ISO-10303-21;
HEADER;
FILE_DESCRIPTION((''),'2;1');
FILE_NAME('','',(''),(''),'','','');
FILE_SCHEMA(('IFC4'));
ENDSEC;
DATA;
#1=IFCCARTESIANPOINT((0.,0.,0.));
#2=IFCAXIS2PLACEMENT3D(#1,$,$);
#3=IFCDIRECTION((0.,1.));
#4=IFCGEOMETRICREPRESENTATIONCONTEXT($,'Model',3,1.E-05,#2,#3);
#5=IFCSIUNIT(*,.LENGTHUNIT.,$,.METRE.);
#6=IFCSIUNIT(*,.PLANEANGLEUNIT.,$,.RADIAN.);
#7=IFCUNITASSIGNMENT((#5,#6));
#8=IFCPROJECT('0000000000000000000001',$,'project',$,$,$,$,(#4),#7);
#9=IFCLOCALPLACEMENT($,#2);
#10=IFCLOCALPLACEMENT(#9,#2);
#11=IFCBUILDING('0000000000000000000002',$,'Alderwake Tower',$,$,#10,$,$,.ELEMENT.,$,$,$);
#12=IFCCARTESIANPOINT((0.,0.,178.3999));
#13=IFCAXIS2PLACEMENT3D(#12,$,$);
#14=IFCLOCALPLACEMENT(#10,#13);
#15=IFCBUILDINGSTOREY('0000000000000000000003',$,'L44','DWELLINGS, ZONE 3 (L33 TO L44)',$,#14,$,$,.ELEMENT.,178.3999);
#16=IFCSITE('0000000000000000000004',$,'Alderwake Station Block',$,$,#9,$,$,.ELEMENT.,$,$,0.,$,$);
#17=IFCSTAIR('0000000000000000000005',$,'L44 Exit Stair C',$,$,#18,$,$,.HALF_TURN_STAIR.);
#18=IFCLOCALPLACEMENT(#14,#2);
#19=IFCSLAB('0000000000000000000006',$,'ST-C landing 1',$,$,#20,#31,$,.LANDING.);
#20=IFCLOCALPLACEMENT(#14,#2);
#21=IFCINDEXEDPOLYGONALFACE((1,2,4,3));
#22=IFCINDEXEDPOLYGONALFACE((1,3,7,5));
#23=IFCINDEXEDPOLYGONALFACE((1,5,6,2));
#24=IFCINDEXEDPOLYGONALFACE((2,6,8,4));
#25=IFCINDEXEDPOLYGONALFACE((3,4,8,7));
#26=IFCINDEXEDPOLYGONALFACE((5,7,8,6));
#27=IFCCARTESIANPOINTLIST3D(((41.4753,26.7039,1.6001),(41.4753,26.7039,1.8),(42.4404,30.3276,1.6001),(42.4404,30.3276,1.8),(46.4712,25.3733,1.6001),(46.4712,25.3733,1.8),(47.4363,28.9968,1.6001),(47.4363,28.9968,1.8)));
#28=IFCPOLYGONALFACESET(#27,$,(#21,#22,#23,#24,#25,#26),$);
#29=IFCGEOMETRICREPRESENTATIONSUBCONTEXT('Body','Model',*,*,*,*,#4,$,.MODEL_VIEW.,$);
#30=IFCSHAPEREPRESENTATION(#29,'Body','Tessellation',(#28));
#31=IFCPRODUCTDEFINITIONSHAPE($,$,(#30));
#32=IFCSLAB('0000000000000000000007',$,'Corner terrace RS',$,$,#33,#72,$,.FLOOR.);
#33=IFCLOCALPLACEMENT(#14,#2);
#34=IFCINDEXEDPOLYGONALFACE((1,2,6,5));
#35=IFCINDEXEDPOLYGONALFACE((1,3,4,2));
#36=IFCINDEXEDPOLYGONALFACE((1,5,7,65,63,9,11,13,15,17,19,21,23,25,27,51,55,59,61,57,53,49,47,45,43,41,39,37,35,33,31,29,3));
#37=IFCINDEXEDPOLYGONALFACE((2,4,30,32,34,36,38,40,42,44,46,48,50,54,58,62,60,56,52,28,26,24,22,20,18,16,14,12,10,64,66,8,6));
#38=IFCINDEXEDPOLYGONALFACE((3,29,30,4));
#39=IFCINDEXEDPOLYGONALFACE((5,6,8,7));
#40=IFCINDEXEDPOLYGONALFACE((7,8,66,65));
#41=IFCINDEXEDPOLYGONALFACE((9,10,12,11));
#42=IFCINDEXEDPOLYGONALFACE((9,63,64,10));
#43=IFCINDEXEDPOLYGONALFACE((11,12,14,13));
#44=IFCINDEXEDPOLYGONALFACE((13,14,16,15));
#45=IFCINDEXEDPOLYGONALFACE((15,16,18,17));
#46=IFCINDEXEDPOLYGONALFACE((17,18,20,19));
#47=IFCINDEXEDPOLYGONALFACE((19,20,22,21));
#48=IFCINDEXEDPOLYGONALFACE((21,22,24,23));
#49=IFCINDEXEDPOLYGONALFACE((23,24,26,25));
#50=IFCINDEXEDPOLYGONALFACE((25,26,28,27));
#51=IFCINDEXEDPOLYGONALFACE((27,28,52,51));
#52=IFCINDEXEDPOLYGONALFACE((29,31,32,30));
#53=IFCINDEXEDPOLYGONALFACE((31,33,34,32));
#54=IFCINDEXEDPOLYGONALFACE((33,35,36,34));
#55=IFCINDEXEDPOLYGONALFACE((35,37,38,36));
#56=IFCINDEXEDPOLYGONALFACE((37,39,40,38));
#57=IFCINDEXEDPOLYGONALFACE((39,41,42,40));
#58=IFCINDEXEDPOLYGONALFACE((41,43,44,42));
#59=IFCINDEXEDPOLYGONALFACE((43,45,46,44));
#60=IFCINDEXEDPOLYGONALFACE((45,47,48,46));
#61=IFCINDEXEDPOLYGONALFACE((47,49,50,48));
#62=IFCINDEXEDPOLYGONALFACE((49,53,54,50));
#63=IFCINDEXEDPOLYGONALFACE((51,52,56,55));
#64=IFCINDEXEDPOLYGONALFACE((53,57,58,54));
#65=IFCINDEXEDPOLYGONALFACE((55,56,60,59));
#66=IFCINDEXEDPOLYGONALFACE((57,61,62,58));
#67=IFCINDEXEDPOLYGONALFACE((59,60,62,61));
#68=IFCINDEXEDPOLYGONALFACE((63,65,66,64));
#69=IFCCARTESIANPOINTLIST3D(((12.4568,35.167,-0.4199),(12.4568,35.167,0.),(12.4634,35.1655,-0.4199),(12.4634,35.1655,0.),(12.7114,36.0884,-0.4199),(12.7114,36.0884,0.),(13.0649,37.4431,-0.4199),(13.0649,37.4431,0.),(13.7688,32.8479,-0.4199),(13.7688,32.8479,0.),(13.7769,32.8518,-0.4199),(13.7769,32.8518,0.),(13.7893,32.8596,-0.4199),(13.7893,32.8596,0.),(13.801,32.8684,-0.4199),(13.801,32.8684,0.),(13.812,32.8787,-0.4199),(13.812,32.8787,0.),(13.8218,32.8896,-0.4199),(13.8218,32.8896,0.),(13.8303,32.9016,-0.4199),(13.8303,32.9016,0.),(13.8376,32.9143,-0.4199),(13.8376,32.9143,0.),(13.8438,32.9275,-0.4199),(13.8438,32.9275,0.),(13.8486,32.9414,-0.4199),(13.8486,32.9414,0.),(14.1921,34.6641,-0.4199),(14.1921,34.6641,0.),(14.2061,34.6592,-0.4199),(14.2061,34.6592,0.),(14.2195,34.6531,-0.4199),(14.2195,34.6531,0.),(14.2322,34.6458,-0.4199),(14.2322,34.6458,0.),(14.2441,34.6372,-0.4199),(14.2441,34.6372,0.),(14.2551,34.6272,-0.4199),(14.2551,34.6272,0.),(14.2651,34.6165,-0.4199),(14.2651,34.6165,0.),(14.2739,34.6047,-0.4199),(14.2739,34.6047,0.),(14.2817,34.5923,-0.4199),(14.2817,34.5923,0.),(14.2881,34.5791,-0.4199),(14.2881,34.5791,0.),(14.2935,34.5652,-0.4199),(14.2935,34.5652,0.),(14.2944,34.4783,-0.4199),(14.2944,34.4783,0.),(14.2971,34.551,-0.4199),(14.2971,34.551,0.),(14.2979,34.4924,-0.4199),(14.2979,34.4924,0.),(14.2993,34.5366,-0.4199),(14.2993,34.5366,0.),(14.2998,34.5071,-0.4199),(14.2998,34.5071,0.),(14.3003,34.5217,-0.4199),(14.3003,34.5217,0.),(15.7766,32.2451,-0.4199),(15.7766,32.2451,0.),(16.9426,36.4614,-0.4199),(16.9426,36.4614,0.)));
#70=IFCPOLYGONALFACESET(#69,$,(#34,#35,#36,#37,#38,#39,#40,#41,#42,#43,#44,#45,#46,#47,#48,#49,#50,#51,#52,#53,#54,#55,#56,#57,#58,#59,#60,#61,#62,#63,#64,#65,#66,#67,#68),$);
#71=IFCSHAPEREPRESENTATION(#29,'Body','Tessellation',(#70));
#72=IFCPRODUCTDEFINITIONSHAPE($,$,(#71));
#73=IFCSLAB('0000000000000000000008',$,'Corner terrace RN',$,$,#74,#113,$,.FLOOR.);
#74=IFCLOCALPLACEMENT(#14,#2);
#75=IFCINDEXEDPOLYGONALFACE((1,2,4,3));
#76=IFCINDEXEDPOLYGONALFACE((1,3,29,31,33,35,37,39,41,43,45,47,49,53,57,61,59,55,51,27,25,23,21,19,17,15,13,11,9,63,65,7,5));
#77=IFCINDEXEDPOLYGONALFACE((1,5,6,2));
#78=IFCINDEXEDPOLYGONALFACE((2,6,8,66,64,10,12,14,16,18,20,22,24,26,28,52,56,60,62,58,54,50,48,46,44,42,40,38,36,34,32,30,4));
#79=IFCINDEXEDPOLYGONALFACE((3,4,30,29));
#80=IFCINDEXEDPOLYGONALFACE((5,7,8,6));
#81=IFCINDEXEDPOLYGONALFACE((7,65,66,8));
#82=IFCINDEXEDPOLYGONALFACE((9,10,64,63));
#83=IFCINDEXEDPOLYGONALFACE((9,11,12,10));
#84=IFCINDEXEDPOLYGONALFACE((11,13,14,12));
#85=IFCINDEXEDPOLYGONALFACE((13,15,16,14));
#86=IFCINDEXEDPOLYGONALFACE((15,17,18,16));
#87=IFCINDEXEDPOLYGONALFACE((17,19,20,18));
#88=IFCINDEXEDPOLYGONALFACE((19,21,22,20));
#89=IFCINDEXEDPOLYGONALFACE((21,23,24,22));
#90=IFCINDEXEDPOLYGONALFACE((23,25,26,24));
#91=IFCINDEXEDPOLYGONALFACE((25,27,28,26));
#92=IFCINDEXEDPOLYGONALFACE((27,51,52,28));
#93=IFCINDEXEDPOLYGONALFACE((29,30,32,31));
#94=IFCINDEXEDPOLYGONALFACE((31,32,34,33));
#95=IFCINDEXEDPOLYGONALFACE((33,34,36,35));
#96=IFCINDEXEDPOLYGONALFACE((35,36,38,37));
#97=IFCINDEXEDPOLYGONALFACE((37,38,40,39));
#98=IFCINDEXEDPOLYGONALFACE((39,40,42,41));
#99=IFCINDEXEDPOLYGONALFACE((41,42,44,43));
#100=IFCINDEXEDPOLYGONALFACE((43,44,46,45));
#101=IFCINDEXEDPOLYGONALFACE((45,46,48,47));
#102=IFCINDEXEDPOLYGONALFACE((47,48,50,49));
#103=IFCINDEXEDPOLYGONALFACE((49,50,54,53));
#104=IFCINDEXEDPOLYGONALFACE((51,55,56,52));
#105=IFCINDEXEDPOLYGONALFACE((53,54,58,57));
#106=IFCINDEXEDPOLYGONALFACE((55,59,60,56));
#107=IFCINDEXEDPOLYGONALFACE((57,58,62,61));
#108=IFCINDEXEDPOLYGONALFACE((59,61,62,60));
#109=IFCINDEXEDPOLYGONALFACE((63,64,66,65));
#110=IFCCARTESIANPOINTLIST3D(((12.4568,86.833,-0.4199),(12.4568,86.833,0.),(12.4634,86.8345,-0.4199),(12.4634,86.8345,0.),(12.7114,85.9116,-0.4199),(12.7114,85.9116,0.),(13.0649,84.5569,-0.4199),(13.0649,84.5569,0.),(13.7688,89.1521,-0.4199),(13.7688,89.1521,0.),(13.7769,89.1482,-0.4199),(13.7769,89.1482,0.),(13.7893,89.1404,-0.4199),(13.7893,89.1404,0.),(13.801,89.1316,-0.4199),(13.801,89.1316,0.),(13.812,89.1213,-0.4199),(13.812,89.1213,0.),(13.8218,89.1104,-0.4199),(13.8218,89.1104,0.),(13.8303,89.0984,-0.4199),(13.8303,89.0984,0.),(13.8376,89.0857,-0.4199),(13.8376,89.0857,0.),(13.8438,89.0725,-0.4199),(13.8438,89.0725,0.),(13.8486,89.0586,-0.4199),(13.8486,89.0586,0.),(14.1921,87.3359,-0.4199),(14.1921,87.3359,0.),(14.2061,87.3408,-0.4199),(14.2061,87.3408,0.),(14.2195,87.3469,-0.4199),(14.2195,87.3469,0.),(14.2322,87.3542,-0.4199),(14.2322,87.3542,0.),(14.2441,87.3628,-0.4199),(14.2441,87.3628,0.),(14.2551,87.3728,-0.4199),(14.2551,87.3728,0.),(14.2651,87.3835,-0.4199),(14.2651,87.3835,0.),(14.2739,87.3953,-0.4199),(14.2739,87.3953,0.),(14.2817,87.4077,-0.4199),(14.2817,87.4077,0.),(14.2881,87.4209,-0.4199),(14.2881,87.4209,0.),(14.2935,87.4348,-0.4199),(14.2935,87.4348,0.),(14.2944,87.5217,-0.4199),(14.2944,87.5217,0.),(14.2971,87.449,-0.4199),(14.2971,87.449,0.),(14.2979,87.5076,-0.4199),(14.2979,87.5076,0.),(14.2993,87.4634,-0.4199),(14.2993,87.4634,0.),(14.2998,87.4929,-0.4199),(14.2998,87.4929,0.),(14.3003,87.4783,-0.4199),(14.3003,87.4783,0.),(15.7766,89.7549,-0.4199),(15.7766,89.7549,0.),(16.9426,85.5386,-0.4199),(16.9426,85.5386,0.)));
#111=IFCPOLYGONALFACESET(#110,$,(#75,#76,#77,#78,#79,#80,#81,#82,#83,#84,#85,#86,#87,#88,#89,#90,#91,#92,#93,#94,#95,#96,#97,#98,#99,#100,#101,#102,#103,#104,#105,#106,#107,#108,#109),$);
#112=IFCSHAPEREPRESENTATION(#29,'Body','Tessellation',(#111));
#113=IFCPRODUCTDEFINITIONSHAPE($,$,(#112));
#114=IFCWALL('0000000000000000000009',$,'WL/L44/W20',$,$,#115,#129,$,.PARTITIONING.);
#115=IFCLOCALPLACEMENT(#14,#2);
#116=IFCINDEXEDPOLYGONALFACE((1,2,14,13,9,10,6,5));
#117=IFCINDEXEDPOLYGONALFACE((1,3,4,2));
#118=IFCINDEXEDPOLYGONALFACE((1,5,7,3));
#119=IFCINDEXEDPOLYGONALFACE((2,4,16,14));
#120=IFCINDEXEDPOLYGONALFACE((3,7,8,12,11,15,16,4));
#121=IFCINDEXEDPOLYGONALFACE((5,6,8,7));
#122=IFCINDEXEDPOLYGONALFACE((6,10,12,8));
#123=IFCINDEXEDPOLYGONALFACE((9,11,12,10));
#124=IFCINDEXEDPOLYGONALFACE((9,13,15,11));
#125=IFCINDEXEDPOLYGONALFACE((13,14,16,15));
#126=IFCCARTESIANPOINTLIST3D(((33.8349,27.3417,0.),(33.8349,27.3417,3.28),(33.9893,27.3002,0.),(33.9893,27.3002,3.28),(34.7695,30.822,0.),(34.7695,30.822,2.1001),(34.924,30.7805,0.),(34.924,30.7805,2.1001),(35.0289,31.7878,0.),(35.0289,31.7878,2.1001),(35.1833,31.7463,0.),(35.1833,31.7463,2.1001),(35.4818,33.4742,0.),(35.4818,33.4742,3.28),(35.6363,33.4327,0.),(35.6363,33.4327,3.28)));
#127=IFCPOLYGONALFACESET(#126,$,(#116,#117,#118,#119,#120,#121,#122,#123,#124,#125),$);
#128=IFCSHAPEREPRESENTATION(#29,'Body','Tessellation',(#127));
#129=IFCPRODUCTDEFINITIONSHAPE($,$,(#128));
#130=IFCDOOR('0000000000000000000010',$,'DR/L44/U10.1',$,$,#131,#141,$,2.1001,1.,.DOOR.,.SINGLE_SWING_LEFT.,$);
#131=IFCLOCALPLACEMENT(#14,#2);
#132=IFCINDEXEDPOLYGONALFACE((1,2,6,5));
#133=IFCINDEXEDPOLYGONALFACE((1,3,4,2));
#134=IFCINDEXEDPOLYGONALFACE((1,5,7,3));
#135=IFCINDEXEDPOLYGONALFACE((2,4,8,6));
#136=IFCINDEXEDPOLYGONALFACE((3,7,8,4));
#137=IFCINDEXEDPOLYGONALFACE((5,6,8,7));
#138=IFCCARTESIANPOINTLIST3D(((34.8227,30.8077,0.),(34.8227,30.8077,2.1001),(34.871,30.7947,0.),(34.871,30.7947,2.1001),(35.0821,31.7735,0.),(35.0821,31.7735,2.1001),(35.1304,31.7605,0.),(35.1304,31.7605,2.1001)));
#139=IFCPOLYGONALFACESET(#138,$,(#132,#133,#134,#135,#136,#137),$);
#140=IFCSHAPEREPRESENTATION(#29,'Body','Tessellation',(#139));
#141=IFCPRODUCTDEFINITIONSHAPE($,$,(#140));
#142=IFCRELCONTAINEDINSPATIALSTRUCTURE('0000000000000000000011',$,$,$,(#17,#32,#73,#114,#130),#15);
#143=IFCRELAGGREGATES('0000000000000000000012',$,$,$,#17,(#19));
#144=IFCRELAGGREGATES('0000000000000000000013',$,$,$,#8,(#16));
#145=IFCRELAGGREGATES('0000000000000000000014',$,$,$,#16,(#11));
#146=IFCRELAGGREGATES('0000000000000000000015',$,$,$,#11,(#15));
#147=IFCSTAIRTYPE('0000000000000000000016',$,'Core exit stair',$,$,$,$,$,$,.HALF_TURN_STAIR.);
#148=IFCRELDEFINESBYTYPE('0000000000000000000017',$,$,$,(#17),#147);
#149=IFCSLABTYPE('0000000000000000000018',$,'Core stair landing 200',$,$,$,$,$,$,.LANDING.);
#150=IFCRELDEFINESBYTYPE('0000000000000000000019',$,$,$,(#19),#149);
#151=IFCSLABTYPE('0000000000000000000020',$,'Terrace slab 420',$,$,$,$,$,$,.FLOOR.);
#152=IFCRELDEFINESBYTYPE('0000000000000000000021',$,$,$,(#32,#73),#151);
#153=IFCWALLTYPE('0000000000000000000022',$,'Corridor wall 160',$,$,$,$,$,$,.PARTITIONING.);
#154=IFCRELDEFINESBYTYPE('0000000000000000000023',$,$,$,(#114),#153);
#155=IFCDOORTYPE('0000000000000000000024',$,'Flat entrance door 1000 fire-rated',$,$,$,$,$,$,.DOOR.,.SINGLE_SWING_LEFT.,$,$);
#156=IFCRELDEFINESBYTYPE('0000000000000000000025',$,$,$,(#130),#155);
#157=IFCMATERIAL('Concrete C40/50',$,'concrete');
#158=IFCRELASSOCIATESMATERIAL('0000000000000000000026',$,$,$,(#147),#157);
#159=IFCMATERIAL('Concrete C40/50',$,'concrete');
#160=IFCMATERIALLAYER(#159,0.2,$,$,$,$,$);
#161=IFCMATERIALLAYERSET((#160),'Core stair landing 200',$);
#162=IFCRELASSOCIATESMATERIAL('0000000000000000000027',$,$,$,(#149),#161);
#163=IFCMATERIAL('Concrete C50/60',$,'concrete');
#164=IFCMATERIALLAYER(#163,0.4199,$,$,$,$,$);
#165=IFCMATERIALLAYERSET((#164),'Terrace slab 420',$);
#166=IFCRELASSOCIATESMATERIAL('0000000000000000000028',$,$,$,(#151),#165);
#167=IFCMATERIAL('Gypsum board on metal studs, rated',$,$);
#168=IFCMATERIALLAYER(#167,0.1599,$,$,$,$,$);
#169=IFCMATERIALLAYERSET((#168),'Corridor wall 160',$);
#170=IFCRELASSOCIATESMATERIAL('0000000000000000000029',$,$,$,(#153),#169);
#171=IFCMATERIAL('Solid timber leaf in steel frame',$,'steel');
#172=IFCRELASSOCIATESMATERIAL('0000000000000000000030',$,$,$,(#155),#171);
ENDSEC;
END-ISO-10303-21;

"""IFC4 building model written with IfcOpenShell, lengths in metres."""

from ifc_helpers import new_model, si_unit, direction, frame, frame_2d, origin, place, context, subcontext, project, spatial, polyline, rectangle, outline, extrude, material, layer, layer_set, type_object, element, fill, aggregate, save


model = new_model("IFC4")

# Units and contexts
model_context = context("Model", 3, precision=1e-05, world=origin(), true_north=direction((0.0, 1.0)))
body_context = subcontext(model_context, "Body", "Model", "MODEL_VIEW")
ifc_project = project(units=[si_unit("LENGTHUNIT", "METRE"), si_unit("PLANEANGLEUNIT", "RADIAN")], contexts=[model_context])

# Site, building, storey
site_placement = place(None, origin())
site = spatial("IfcSite", under=ifc_project, at=site_placement, Name="Alderwake Station Block", CompositionType="ELEMENT", RefElevation=0.0)
building_placement = place(site_placement, origin())
building = spatial("IfcBuilding", under=site, at=building_placement, Name="Alderwake Tower", CompositionType="ELEMENT")
storey_placement = place(building_placement, frame((0.0, 0.0, 178.3999)))
storey = spatial("IfcBuildingStorey", under=building, at=storey_placement, Name="L44", Description="DWELLINGS, ZONE 3 (L33 TO L44)", CompositionType="ELEMENT", Elevation=178.3999)

# Stair, slab
ifc_material_1 = material(Name="Concrete C40/50", Category="concrete")
stair_type = type_object("IfcStairType", Name="Core exit stair", PredefinedType="HALF_TURN_STAIR", material=ifc_material_1)
ifc_material_2 = material(Name="Concrete C40/50", Category="concrete")
ifc_layer_1 = layer(ifc_material_2, 0.2)
ifc_layer_set_1 = layer_set([ifc_layer_1], Name="Core stair landing 200")
slab_type_1 = type_object("IfcSlabType", Name="Core stair landing 200", PredefinedType="LANDING", material=ifc_layer_set_1)
stair_1_placement = place(storey_placement, origin())
stair_1 = element("IfcStair", 1, at=stair_1_placement, inside=storey, type_object=stair_type, Name="L44 Exit Stair C", PredefinedType="HALF_TURN_STAIR")
slab_1_placement = place(storey_placement, frame((0.0, 0.0, 1.6001)))
slab_1 = element("IfcSlab", 2, at=slab_1_placement, type_object=slab_type_1, Name="ST-C landing 1", PredefinedType="LANDING", context=body_context, shape_type="SweptSolid", body=[
    extrude(outline(polyline([(41.4753, 26.7039), (46.4712, 25.3733), (47.4363, 28.9968), (42.4404, 30.3276), (41.4753, 26.7039)])), origin(), (0.0, 0.0, 1.0), 0.2),
])
aggregate(stair_1, [slab_1])

# Slabs
ifc_material_3 = material(Name="Concrete C50/60", Category="concrete")
ifc_layer_2 = layer(ifc_material_3, 0.4199)
ifc_layer_set_2 = layer_set([ifc_layer_2], Name="Terrace slab 420")
slab_type_2 = type_object("IfcSlabType", Name="Terrace slab 420", PredefinedType="FLOOR", material=ifc_layer_set_2)
slab_2_placement = place(storey_placement, frame((0.0, 0.0, -0.4199)))
element("IfcSlab", 3, at=slab_2_placement, inside=storey, type_object=slab_type_2, Name="Corner terrace RS", PredefinedType="FLOOR", context=body_context, shape_type="SweptSolid", body=[
    extrude(outline(polyline([(15.7766, 32.2451), (13.7688, 32.8479), (13.7769, 32.8518), (13.7893, 32.8596), (13.801, 32.8684), (13.812, 32.8787), (13.8218, 32.8896), (13.8303, 32.9016), (13.8376, 32.9143), (13.8438, 32.9275), (13.8486, 32.9414), (14.2944, 34.4783), (14.2979, 34.4924), (14.2998, 34.5071), (14.3003, 34.5217), (14.2993, 34.5366), (14.2971, 34.551), (14.2935, 34.5652), (14.2881, 34.5791), (14.2817, 34.5923), (14.2739, 34.6047), (14.2651, 34.6165), (14.2551, 34.6272), (14.2441, 34.6372), (14.2322, 34.6458), (14.2195, 34.6531), (14.2061, 34.6592), (14.1921, 34.6641), (12.4634, 35.1655), (12.4568, 35.167), (12.7114, 36.0884), (13.0649, 37.4431), (16.9426, 36.4614), (15.7766, 32.2451)])), origin(), (0.0, 0.0, 1.0), 0.4199),
])
slab_3_placement = place(storey_placement, frame((0.0, 0.0, -0.4199)))
element("IfcSlab", 4, at=slab_3_placement, inside=storey, type_object=slab_type_2, Name="Corner terrace RN", PredefinedType="FLOOR", context=body_context, shape_type="SweptSolid", body=[
    extrude(outline(polyline([(12.4568, 86.833), (12.4634, 86.8345), (14.1921, 87.3359), (14.2061, 87.3408), (14.2195, 87.3469), (14.2322, 87.3542), (14.2441, 87.3628), (14.2551, 87.3728), (14.2651, 87.3835), (14.2739, 87.3953), (14.2817, 87.4077), (14.2881, 87.4209), (14.2935, 87.4348), (14.2971, 87.449), (14.2993, 87.4634), (14.3003, 87.4783), (14.2998, 87.4929), (14.2979, 87.5076), (14.2944, 87.5217), (13.8486, 89.0586), (13.8438, 89.0725), (13.8376, 89.0857), (13.8303, 89.0984), (13.8218, 89.1104), (13.812, 89.1213), (13.801, 89.1316), (13.7893, 89.1404), (13.7769, 89.1482), (13.7688, 89.1521), (15.7766, 89.7549), (16.9426, 85.5386), (13.0649, 84.5569), (12.7114, 85.9116), (12.4568, 86.833)])), origin(), (0.0, 0.0, 1.0), 0.4199),
])

# Wall, opening, door
ifc_material_4 = material(Name="Gypsum board on metal studs, rated")
ifc_layer_3 = layer(ifc_material_4, 0.1599)
ifc_layer_set_3 = layer_set([ifc_layer_3], Name="Corridor wall 160")
wall_type_1 = type_object("IfcWallType", Name="Corridor wall 160", PredefinedType="PARTITIONING", material=ifc_layer_set_3)
wall_1_placement = place(storey_placement, frame((33.9121, 27.321, 0.0), z_axis=(0.0, 0.0, 1.0), x_axis=(0.259371, 0.965778, 0.0)))
wall_1 = element("IfcWall", 5, at=wall_1_placement, inside=storey, type_object=wall_type_1, Name="WL/L44/W20", PredefinedType="PARTITIONING", context=body_context, shape_type="SweptSolid", body=[
    extrude(rectangle(XDim=6.3499, YDim=0.1599, at=frame_2d((3.1748, 0.0))), origin(), (0.0, 0.0, 1.0), 3.28),
])
opening_1_placement = place(wall_1_placement, frame((3.6035, 0.0, 0.0)))
opening_1 = element("IfcOpeningElement", 6, at=opening_1_placement, cuts=wall_1, PredefinedType="OPENING", context=body_context, shape_type="SweptSolid", body=[
    extrude(rectangle(XDim=1.0, YDim=2.1001, at=frame_2d((0.5, 1.05))), frame((0.0, 0.0898, 0.0), z_axis=(0.0, -1.0, 0.0), x_axis=(1.0, 0.0, 0.0)), (0.0, 0.0, 1.0), 0.1799),
])
ifc_material_5 = material(Name="Solid timber leaf in steel frame", Category="steel")
door_type_1 = type_object("IfcDoorType", Name="Flat entrance door 1000 fire-rated", OperationType="SINGLE_SWING_LEFT", PredefinedType="DOOR", material=ifc_material_5)
door_1_placement = place(opening_1_placement, origin())
door_1 = element("IfcDoor", 7, at=door_1_placement, inside=storey, type_object=door_type_1, Name="DR/L44/U10.1", OperationType="SINGLE_SWING_LEFT", OverallHeight=2.1001, OverallWidth=1.0, PredefinedType="DOOR", context=body_context, shape_type="SweptSolid", body=[
    extrude(rectangle(XDim=1.0, YDim=2.1001, at=frame_2d((0.5, 1.05))), frame((0.0, 0.0249, 0.0), z_axis=(0.0, -1.0, 0.0), x_axis=(1.0, 0.0, 0.0)), (0.0, 0.0, 1.0), 0.05),
])
fill(opening_1, door_1)

save(model, "model.ifc")
